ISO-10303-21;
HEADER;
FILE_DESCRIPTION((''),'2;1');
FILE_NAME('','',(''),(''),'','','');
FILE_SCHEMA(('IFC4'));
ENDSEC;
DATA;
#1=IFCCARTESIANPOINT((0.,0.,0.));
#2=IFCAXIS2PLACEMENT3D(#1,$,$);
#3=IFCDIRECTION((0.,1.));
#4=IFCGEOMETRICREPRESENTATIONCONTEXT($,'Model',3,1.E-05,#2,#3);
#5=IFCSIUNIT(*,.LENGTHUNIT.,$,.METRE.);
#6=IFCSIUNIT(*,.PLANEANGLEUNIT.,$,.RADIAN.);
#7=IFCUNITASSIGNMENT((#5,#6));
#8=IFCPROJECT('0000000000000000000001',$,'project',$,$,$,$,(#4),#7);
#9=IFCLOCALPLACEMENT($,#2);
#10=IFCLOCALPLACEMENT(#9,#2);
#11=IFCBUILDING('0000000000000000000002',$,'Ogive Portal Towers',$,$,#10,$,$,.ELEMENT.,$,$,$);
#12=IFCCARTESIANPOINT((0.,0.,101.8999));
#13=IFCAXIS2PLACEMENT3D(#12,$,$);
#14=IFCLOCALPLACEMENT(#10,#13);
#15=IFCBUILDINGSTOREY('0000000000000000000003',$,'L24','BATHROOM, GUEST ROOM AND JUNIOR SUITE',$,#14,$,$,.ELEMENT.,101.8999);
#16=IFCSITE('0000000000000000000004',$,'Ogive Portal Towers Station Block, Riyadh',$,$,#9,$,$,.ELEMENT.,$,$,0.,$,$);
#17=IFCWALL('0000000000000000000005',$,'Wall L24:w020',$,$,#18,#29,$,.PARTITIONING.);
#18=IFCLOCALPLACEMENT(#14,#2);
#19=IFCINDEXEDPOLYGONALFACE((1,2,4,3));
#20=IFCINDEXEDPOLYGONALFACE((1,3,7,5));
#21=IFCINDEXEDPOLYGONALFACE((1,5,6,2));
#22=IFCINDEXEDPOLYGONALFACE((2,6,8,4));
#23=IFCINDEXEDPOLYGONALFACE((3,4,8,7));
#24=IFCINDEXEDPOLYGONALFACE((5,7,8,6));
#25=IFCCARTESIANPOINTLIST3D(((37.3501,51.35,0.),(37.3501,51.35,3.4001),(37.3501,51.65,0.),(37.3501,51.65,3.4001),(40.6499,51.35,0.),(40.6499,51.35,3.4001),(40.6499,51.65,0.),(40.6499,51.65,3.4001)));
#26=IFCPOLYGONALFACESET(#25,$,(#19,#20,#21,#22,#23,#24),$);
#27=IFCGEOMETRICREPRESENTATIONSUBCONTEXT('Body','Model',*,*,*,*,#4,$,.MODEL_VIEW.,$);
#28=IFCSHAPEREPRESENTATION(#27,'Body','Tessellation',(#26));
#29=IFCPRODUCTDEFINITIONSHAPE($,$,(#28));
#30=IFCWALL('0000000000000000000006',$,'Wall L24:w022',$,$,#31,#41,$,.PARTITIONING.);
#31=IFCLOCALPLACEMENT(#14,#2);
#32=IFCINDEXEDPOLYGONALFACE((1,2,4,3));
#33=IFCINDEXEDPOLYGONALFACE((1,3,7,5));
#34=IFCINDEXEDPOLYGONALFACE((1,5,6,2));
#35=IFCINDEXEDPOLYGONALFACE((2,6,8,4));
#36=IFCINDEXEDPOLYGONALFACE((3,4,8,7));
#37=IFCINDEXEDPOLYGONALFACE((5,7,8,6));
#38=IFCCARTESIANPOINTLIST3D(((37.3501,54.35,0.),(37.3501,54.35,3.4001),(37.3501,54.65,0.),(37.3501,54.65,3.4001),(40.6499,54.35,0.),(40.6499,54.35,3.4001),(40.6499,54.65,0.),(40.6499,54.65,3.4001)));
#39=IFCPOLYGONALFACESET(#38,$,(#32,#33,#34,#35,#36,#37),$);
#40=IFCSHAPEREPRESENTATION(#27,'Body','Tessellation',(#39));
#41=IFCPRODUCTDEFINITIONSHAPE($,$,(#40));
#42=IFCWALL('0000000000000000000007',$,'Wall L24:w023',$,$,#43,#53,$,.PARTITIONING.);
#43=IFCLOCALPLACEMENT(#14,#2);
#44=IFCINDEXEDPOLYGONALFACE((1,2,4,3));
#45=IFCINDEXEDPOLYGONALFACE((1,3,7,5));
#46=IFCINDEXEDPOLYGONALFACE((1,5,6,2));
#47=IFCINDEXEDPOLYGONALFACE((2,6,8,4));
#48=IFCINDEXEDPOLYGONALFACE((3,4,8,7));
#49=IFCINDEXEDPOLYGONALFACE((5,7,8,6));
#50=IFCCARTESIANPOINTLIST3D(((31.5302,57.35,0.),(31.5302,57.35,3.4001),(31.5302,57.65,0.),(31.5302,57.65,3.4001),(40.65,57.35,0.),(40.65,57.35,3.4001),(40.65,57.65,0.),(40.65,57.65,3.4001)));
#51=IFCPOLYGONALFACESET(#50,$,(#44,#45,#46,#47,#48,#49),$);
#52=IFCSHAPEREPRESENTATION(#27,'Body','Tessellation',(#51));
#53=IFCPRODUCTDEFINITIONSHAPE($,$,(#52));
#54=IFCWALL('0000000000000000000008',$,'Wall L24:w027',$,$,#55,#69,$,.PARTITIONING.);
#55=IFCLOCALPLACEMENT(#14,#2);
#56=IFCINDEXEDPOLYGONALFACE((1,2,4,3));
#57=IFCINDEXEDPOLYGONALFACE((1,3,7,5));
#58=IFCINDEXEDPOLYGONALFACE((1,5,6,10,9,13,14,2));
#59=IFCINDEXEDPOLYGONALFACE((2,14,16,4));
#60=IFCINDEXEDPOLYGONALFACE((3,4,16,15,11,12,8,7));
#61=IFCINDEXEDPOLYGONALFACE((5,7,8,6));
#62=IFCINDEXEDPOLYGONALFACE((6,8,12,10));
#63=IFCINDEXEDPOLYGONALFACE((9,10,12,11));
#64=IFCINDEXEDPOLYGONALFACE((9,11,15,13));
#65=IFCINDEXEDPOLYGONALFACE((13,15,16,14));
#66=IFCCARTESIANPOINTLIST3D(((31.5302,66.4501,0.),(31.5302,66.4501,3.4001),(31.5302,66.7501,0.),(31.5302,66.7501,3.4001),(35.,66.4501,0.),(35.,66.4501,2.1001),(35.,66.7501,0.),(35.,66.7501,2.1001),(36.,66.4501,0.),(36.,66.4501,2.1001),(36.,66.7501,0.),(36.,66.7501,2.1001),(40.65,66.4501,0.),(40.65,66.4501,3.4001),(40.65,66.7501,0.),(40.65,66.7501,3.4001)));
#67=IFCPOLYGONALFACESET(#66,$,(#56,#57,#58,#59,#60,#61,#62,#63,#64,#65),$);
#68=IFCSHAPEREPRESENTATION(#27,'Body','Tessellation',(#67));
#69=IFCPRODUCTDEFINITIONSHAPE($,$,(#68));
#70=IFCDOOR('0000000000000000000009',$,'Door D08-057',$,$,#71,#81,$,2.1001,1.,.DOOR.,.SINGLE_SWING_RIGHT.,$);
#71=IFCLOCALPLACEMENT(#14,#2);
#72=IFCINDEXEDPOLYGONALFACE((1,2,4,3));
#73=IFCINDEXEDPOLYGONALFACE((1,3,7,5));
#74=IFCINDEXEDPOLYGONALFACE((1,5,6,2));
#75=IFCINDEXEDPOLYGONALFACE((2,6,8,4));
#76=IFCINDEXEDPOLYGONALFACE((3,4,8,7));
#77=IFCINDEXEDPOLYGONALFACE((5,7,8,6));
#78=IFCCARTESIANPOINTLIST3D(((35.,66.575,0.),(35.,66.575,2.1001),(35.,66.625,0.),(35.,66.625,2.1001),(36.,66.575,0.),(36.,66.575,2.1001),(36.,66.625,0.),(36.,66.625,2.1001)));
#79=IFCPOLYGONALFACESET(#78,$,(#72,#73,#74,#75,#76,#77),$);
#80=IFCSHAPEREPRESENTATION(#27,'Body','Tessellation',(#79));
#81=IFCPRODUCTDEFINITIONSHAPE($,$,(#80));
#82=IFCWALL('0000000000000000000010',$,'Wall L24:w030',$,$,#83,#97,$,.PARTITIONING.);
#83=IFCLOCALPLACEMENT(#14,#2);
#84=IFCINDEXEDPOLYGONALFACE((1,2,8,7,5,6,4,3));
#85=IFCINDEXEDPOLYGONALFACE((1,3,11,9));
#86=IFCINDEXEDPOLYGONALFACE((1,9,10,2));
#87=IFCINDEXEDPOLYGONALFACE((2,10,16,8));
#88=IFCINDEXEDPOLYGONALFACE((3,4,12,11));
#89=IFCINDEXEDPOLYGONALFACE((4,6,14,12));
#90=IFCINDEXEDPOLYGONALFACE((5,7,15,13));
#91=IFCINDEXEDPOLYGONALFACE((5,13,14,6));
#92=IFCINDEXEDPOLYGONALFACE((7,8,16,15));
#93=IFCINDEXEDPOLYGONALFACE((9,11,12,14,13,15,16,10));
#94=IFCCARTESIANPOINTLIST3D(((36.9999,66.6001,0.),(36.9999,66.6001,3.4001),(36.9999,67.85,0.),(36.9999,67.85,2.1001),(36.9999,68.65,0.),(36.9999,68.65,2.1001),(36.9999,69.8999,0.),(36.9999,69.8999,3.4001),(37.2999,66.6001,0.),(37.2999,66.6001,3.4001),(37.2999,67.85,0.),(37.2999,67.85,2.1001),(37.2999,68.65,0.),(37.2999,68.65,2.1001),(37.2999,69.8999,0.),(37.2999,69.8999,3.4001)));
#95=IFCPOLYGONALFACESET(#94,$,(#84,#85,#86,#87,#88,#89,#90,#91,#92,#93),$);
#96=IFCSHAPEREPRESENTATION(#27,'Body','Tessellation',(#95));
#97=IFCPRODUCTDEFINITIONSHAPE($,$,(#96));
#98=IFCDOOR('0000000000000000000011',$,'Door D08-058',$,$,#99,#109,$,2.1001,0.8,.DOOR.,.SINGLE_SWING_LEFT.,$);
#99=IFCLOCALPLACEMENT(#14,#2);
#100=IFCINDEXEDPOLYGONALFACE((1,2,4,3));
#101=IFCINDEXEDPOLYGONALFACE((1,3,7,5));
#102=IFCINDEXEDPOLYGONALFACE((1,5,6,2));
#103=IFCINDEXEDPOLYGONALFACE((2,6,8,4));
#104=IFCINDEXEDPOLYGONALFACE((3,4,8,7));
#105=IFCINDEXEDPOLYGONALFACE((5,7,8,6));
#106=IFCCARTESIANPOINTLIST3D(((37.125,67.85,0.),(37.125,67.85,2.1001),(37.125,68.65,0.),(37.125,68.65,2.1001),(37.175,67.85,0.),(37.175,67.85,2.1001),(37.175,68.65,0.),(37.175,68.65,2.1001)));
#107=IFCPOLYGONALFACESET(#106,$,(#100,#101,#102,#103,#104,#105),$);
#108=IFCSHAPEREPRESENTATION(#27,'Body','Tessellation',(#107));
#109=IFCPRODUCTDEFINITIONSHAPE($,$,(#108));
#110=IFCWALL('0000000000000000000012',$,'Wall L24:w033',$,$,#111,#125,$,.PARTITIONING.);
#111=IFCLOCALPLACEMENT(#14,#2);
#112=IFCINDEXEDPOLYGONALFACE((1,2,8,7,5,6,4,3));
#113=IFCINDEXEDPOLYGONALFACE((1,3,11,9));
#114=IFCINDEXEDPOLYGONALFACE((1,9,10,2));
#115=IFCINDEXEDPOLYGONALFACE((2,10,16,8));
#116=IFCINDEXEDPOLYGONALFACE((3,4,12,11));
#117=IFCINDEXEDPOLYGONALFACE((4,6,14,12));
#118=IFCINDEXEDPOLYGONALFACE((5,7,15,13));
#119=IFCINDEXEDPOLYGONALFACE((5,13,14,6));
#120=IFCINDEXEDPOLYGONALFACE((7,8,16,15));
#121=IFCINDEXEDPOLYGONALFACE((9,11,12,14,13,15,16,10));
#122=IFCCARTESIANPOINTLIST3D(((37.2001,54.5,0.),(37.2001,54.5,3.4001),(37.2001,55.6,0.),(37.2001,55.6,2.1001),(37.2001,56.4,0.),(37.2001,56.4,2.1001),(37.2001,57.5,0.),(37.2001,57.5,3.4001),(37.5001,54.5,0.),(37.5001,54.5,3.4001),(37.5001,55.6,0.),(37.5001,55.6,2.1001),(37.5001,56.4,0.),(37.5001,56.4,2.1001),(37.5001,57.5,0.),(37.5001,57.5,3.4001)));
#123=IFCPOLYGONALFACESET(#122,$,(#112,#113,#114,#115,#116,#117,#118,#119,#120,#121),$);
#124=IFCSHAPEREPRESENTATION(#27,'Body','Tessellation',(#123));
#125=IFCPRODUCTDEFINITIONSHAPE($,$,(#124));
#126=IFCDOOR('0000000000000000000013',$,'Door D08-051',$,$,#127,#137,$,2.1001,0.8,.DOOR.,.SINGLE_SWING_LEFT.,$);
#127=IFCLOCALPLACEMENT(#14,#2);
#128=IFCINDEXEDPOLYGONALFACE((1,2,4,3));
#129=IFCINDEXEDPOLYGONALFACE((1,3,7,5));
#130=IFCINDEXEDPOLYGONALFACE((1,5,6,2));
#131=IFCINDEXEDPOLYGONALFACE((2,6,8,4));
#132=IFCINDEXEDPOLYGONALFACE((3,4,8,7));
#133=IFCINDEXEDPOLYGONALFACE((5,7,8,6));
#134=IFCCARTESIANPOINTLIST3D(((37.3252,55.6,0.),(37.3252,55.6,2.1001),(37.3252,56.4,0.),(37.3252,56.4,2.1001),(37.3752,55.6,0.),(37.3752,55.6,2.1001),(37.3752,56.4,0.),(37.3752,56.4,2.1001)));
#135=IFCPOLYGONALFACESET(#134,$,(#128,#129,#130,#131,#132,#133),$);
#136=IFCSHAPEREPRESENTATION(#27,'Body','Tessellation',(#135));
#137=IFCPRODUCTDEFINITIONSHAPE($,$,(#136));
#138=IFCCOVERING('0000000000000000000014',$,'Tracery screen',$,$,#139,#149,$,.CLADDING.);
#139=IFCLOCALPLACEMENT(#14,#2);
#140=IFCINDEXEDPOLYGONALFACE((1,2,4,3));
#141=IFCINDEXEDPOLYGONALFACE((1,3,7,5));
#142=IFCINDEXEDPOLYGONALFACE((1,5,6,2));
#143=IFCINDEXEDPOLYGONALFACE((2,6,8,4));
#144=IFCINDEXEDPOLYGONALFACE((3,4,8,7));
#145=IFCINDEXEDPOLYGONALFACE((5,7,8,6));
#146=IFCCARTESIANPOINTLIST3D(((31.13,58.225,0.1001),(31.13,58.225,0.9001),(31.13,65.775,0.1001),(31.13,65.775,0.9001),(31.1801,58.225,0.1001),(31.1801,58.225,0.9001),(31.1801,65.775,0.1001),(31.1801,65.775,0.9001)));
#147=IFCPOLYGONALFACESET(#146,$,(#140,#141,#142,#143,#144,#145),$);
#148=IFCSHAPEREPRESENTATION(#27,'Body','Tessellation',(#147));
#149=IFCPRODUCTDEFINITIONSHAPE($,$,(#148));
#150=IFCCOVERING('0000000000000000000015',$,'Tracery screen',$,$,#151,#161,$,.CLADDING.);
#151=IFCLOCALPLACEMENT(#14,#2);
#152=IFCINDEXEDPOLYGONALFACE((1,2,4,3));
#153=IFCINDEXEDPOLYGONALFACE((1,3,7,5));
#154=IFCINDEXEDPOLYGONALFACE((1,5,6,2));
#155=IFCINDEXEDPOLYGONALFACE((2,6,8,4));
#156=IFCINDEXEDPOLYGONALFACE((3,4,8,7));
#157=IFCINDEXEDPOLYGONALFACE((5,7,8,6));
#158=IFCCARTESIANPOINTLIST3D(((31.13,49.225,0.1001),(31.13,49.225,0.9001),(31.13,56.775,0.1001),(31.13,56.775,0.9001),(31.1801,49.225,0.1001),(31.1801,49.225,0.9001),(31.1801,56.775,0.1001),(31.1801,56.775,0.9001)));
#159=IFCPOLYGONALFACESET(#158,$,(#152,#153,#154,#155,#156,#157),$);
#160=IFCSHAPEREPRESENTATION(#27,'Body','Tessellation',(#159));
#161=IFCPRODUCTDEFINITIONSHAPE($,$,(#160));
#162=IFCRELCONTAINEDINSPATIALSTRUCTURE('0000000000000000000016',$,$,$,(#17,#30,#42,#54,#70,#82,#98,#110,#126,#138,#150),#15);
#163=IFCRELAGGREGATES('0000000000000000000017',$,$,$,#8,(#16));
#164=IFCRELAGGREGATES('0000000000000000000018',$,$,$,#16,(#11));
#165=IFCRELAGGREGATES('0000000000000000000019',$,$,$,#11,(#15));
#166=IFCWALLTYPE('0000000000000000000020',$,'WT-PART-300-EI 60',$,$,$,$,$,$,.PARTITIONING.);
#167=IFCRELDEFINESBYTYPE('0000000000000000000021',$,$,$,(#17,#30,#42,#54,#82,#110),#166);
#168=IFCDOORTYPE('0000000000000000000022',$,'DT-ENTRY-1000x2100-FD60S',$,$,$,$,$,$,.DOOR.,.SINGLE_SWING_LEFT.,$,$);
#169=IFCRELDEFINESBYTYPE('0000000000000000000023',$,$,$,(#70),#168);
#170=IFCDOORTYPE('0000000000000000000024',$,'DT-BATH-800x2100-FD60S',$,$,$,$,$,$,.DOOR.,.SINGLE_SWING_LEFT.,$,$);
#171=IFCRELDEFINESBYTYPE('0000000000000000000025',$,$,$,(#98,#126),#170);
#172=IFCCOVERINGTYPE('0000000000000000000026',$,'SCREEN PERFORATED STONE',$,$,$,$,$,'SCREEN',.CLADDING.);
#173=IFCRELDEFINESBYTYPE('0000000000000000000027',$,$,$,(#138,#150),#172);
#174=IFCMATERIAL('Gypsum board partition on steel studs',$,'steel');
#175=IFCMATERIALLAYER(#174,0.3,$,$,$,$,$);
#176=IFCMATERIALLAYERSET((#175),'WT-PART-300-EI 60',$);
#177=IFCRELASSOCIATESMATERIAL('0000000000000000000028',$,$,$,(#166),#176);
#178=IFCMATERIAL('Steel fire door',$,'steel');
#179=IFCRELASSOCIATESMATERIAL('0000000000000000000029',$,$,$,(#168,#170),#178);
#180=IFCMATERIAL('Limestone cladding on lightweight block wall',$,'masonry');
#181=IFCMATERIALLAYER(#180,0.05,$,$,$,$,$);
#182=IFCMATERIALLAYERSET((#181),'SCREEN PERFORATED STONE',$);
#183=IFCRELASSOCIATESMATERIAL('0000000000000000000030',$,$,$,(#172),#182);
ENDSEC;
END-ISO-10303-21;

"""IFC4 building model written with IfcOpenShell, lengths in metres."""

from ifc_helpers import new_model, si_unit, direction, frame, frame_2d, origin, origin_2d, place, context, subcontext, project, spatial, rectangle, extrude, material, layer, layer_set, type_object, element, fill, save


model = new_model("IFC4")

# Units and contexts
model_context = context("Model", 3, precision=1e-05, world=origin(), true_north=direction((0.0, 1.0)))
body_context = subcontext(model_context, "Body", "Model", "MODEL_VIEW")
ifc_project = project(units=[si_unit("LENGTHUNIT", "METRE"), si_unit("PLANEANGLEUNIT", "RADIAN")], contexts=[model_context])

# Site, building, storey
site_placement = place(None, origin())
site = spatial("IfcSite", under=ifc_project, at=site_placement, Name="Ogive Portal Towers Station Block, Riyadh", CompositionType="ELEMENT", RefElevation=0.0)
building_placement = place(site_placement, origin())
building = spatial("IfcBuilding", under=site, at=building_placement, Name="Ogive Portal Towers", CompositionType="ELEMENT")
storey_placement = place(building_placement, frame((0.0, 0.0, 101.8999)))
storey = spatial("IfcBuildingStorey", under=building, at=storey_placement, Name="L24", Description="BATHROOM, GUEST ROOM AND JUNIOR SUITE", CompositionType="ELEMENT", Elevation=101.8999)

# Shared definitions
ifc_material_1 = material(Name="Limestone cladding on lightweight block wall", Category="masonry")

# Walls
ifc_material_2 = material(Name="Gypsum board partition on steel studs", Category="steel")
ifc_layer_1 = layer(ifc_material_2, 0.3)
ifc_layer_set_1 = layer_set([ifc_layer_1], Name="WT-PART-300-EI 60")
wall_type_1 = type_object("IfcWallType", Name="WT-PART-300-EI 60", PredefinedType="PARTITIONING", material=ifc_layer_set_1)
for number, where, z_axis, x_axis, name in (
    (1, (37.3501, 51.5, 0.0), (0.0, 0.0, 1.0), (1.0, 0.0, 0.0), "Wall L24:w020"),
    (2, (37.3501, 54.5, 0.0), (0.0, 0.0, 1.0), (1.0, 0.0, 0.0), "Wall L24:w022"),
):
    element("IfcWall", number, at=place(storey_placement, frame(where, z_axis=z_axis, x_axis=x_axis)), inside=storey, type_object=wall_type_1, Name=name, PredefinedType="PARTITIONING", context=body_context, shape_type="SweptSolid", body=[
        extrude(rectangle(XDim=3.2998, YDim=0.3, at=frame_2d((1.6499, 0.0))), origin(), (0.0, 0.0, 1.0), 3.4001),
    ])
wall_1_placement = place(storey_placement, frame((31.53, 57.5, 0.0), z_axis=(0.0, 0.0, 1.0), x_axis=(1.0, 0.0, 0.0)))
element("IfcWall", 3, at=wall_1_placement, inside=storey, type_object=wall_type_1, Name="Wall L24:w023", PredefinedType="PARTITIONING", context=body_context, shape_type="SweptSolid", body=[
    extrude(rectangle(XDim=9.1199, YDim=0.3, at=frame_2d((4.5601, 0.0))), origin(), (0.0, 0.0, 1.0), 3.4001),
])

# Walls, openings, doors
wall_2_placement = place(storey_placement, frame((31.53, 66.6001, 0.0), z_axis=(0.0, 0.0, 1.0), x_axis=(1.0, 0.0, 0.0)))
wall_2 = element("IfcWall", 4, at=wall_2_placement, inside=storey, type_object=wall_type_1, Name="Wall L24:w027", PredefinedType="PARTITIONING", context=body_context, shape_type="SweptSolid", body=[
    extrude(rectangle(XDim=9.1199, YDim=0.3, at=frame_2d((4.5601, 0.0))), origin(), (0.0, 0.0, 1.0), 3.4001),
])
opening_1_placement = place(wall_2_placement, frame((3.47, 0.0, 0.0)))
opening_1 = element("IfcOpeningElement", 5, at=opening_1_placement, cuts=wall_2, PredefinedType="OPENING", context=body_context, shape_type="SweptSolid", body=[
    extrude(rectangle(XDim=1.0, YDim=2.1001, at=frame_2d((0.5, 1.05))), frame((0.0, 0.1602, 0.0), z_axis=(0.0, -1.0, 0.0), x_axis=(1.0, 0.0, 0.0)), (0.0, 0.0, 1.0), 0.3201),
])
ifc_material_3 = material(Name="Steel fire door", Category="steel")
door_type_1 = type_object("IfcDoorType", Name="DT-ENTRY-1000x2100-FD60S", OperationType="SINGLE_SWING_LEFT", PredefinedType="DOOR", material=ifc_material_3)
door_1_placement = place(opening_1_placement, origin())
door_1 = element("IfcDoor", 6, at=door_1_placement, inside=storey, type_object=door_type_1, Name="Door D08-057", OperationType="SINGLE_SWING_RIGHT", OverallHeight=2.1001, OverallWidth=1.0, PredefinedType="DOOR", context=body_context, shape_type="SweptSolid", body=[
    extrude(rectangle(XDim=1.0, YDim=2.1001, at=frame_2d((0.5, 1.05))), frame((0.0, 0.0249, 0.0), z_axis=(0.0, -1.0, 0.0), x_axis=(1.0, 0.0, 0.0)), (0.0, 0.0, 1.0), 0.05),
])
fill(opening_1, door_1)
wall_3_placement = place(storey_placement, frame((37.1499, 66.6001, 0.0), z_axis=(0.0, 0.0, 1.0), x_axis=(0.0, 1.0, 0.0)))
wall_3 = element("IfcWall", 7, at=wall_3_placement, inside=storey, type_object=wall_type_1, Name="Wall L24:w030", PredefinedType="PARTITIONING", context=body_context, shape_type="SweptSolid", body=[
    extrude(rectangle(XDim=3.2998, YDim=0.3, at=frame_2d((1.6499, 0.0))), origin(), (0.0, 0.0, 1.0), 3.4001),
])
opening_2_placement = place(wall_3_placement, frame((1.25, 0.0, 0.0)))
opening_2 = element("IfcOpeningElement", 8, at=opening_2_placement, cuts=wall_3, PredefinedType="OPENING", context=body_context, shape_type="SweptSolid", body=[
    extrude(rectangle(XDim=0.8, YDim=2.1001, at=frame_2d((0.3999, 1.05))), frame((0.0, 0.1602, 0.0), z_axis=(0.0, -1.0, 0.0), x_axis=(1.0, 0.0, 0.0)), (0.0, 0.0, 1.0), 0.3201),
])
door_type_2 = type_object("IfcDoorType", Name="DT-BATH-800x2100-FD60S", OperationType="SINGLE_SWING_LEFT", PredefinedType="DOOR", material=ifc_material_3)
door_2_placement = place(opening_2_placement, origin())
door_2 = element("IfcDoor", 9, at=door_2_placement, inside=storey, type_object=door_type_2, Name="Door D08-058", OperationType="SINGLE_SWING_LEFT", OverallHeight=2.1001, OverallWidth=0.8, PredefinedType="DOOR", context=body_context, shape_type="SweptSolid", body=[
    extrude(rectangle(XDim=0.8, YDim=2.1001, at=frame_2d((0.3999, 1.05))), frame((0.0, 0.0249, 0.0), z_axis=(0.0, -1.0, 0.0), x_axis=(1.0, 0.0, 0.0)), (0.0, 0.0, 1.0), 0.05),
])
fill(opening_2, door_2)
wall_4_placement = place(storey_placement, frame((37.3501, 54.5, 0.0), z_axis=(0.0, 0.0, 1.0), x_axis=(0.0, 1.0, 0.0)))
wall_4 = element("IfcWall", 10, at=wall_4_placement, inside=storey, type_object=wall_type_1, Name="Wall L24:w033", PredefinedType="PARTITIONING", context=body_context, shape_type="SweptSolid", body=[
    extrude(rectangle(XDim=3.0, YDim=0.3, at=frame_2d((1.5, 0.0))), origin(), (0.0, 0.0, 1.0), 3.4001),
])
opening_3_placement = place(wall_4_placement, frame((1.1001, 0.0, 0.0)))
opening_3 = element("IfcOpeningElement", 11, at=opening_3_placement, cuts=wall_4, PredefinedType="OPENING", context=body_context, shape_type="SweptSolid", body=[
    extrude(rectangle(XDim=0.8, YDim=2.1001, at=frame_2d((0.3999, 1.05))), frame((0.0, 0.1602, 0.0), z_axis=(0.0, -1.0, 0.0), x_axis=(1.0, 0.0, 0.0)), (0.0, 0.0, 1.0), 0.3201),
])
door_3_placement = place(opening_3_placement, origin())
door_3 = element("IfcDoor", 12, at=door_3_placement, inside=storey, type_object=door_type_2, Name="Door D08-051", OperationType="SINGLE_SWING_LEFT", OverallHeight=2.1001, OverallWidth=0.8, PredefinedType="DOOR", context=body_context, shape_type="SweptSolid", body=[
    extrude(rectangle(XDim=0.8, YDim=2.1001, at=frame_2d((0.3999, 1.05))), frame((0.0, 0.0249, 0.0), z_axis=(0.0, -1.0, 0.0), x_axis=(1.0, 0.0, 0.0)), (0.0, 0.0, 1.0), 0.05),
])
fill(opening_3, door_3)

# Coverings
ifc_layer_2 = layer(ifc_material_1, 0.05)
ifc_layer_set_2 = layer_set([ifc_layer_2], Name="SCREEN PERFORATED STONE")
covering_type = type_object("IfcCoveringType", Name="SCREEN PERFORATED STONE", ElementType="SCREEN", PredefinedType="CLADDING", material=ifc_layer_set_2)
for number, where, z_axis, x_axis, name in (
    (13, (31.155, 62.0, 0.1001), (0.0, 0.0, 1.0), (0.0, -1.0, 0.0), "Tracery screen"),
    (14, (31.155, 53.0, 0.1001), (0.0, 0.0, 1.0), (0.0, -1.0, 0.0), "Tracery screen"),
):
    element("IfcCovering", number, at=place(storey_placement, frame(where, z_axis=z_axis, x_axis=x_axis)), inside=storey, type_object=covering_type, Name=name, PredefinedType="CLADDING", context=body_context, shape_type="SweptSolid", body=[
        extrude(rectangle(XDim=7.55, YDim=0.05, at=origin_2d()), origin(), (0.0, 0.0, 1.0), 0.8),
    ])

save(model, "model.ifc")
